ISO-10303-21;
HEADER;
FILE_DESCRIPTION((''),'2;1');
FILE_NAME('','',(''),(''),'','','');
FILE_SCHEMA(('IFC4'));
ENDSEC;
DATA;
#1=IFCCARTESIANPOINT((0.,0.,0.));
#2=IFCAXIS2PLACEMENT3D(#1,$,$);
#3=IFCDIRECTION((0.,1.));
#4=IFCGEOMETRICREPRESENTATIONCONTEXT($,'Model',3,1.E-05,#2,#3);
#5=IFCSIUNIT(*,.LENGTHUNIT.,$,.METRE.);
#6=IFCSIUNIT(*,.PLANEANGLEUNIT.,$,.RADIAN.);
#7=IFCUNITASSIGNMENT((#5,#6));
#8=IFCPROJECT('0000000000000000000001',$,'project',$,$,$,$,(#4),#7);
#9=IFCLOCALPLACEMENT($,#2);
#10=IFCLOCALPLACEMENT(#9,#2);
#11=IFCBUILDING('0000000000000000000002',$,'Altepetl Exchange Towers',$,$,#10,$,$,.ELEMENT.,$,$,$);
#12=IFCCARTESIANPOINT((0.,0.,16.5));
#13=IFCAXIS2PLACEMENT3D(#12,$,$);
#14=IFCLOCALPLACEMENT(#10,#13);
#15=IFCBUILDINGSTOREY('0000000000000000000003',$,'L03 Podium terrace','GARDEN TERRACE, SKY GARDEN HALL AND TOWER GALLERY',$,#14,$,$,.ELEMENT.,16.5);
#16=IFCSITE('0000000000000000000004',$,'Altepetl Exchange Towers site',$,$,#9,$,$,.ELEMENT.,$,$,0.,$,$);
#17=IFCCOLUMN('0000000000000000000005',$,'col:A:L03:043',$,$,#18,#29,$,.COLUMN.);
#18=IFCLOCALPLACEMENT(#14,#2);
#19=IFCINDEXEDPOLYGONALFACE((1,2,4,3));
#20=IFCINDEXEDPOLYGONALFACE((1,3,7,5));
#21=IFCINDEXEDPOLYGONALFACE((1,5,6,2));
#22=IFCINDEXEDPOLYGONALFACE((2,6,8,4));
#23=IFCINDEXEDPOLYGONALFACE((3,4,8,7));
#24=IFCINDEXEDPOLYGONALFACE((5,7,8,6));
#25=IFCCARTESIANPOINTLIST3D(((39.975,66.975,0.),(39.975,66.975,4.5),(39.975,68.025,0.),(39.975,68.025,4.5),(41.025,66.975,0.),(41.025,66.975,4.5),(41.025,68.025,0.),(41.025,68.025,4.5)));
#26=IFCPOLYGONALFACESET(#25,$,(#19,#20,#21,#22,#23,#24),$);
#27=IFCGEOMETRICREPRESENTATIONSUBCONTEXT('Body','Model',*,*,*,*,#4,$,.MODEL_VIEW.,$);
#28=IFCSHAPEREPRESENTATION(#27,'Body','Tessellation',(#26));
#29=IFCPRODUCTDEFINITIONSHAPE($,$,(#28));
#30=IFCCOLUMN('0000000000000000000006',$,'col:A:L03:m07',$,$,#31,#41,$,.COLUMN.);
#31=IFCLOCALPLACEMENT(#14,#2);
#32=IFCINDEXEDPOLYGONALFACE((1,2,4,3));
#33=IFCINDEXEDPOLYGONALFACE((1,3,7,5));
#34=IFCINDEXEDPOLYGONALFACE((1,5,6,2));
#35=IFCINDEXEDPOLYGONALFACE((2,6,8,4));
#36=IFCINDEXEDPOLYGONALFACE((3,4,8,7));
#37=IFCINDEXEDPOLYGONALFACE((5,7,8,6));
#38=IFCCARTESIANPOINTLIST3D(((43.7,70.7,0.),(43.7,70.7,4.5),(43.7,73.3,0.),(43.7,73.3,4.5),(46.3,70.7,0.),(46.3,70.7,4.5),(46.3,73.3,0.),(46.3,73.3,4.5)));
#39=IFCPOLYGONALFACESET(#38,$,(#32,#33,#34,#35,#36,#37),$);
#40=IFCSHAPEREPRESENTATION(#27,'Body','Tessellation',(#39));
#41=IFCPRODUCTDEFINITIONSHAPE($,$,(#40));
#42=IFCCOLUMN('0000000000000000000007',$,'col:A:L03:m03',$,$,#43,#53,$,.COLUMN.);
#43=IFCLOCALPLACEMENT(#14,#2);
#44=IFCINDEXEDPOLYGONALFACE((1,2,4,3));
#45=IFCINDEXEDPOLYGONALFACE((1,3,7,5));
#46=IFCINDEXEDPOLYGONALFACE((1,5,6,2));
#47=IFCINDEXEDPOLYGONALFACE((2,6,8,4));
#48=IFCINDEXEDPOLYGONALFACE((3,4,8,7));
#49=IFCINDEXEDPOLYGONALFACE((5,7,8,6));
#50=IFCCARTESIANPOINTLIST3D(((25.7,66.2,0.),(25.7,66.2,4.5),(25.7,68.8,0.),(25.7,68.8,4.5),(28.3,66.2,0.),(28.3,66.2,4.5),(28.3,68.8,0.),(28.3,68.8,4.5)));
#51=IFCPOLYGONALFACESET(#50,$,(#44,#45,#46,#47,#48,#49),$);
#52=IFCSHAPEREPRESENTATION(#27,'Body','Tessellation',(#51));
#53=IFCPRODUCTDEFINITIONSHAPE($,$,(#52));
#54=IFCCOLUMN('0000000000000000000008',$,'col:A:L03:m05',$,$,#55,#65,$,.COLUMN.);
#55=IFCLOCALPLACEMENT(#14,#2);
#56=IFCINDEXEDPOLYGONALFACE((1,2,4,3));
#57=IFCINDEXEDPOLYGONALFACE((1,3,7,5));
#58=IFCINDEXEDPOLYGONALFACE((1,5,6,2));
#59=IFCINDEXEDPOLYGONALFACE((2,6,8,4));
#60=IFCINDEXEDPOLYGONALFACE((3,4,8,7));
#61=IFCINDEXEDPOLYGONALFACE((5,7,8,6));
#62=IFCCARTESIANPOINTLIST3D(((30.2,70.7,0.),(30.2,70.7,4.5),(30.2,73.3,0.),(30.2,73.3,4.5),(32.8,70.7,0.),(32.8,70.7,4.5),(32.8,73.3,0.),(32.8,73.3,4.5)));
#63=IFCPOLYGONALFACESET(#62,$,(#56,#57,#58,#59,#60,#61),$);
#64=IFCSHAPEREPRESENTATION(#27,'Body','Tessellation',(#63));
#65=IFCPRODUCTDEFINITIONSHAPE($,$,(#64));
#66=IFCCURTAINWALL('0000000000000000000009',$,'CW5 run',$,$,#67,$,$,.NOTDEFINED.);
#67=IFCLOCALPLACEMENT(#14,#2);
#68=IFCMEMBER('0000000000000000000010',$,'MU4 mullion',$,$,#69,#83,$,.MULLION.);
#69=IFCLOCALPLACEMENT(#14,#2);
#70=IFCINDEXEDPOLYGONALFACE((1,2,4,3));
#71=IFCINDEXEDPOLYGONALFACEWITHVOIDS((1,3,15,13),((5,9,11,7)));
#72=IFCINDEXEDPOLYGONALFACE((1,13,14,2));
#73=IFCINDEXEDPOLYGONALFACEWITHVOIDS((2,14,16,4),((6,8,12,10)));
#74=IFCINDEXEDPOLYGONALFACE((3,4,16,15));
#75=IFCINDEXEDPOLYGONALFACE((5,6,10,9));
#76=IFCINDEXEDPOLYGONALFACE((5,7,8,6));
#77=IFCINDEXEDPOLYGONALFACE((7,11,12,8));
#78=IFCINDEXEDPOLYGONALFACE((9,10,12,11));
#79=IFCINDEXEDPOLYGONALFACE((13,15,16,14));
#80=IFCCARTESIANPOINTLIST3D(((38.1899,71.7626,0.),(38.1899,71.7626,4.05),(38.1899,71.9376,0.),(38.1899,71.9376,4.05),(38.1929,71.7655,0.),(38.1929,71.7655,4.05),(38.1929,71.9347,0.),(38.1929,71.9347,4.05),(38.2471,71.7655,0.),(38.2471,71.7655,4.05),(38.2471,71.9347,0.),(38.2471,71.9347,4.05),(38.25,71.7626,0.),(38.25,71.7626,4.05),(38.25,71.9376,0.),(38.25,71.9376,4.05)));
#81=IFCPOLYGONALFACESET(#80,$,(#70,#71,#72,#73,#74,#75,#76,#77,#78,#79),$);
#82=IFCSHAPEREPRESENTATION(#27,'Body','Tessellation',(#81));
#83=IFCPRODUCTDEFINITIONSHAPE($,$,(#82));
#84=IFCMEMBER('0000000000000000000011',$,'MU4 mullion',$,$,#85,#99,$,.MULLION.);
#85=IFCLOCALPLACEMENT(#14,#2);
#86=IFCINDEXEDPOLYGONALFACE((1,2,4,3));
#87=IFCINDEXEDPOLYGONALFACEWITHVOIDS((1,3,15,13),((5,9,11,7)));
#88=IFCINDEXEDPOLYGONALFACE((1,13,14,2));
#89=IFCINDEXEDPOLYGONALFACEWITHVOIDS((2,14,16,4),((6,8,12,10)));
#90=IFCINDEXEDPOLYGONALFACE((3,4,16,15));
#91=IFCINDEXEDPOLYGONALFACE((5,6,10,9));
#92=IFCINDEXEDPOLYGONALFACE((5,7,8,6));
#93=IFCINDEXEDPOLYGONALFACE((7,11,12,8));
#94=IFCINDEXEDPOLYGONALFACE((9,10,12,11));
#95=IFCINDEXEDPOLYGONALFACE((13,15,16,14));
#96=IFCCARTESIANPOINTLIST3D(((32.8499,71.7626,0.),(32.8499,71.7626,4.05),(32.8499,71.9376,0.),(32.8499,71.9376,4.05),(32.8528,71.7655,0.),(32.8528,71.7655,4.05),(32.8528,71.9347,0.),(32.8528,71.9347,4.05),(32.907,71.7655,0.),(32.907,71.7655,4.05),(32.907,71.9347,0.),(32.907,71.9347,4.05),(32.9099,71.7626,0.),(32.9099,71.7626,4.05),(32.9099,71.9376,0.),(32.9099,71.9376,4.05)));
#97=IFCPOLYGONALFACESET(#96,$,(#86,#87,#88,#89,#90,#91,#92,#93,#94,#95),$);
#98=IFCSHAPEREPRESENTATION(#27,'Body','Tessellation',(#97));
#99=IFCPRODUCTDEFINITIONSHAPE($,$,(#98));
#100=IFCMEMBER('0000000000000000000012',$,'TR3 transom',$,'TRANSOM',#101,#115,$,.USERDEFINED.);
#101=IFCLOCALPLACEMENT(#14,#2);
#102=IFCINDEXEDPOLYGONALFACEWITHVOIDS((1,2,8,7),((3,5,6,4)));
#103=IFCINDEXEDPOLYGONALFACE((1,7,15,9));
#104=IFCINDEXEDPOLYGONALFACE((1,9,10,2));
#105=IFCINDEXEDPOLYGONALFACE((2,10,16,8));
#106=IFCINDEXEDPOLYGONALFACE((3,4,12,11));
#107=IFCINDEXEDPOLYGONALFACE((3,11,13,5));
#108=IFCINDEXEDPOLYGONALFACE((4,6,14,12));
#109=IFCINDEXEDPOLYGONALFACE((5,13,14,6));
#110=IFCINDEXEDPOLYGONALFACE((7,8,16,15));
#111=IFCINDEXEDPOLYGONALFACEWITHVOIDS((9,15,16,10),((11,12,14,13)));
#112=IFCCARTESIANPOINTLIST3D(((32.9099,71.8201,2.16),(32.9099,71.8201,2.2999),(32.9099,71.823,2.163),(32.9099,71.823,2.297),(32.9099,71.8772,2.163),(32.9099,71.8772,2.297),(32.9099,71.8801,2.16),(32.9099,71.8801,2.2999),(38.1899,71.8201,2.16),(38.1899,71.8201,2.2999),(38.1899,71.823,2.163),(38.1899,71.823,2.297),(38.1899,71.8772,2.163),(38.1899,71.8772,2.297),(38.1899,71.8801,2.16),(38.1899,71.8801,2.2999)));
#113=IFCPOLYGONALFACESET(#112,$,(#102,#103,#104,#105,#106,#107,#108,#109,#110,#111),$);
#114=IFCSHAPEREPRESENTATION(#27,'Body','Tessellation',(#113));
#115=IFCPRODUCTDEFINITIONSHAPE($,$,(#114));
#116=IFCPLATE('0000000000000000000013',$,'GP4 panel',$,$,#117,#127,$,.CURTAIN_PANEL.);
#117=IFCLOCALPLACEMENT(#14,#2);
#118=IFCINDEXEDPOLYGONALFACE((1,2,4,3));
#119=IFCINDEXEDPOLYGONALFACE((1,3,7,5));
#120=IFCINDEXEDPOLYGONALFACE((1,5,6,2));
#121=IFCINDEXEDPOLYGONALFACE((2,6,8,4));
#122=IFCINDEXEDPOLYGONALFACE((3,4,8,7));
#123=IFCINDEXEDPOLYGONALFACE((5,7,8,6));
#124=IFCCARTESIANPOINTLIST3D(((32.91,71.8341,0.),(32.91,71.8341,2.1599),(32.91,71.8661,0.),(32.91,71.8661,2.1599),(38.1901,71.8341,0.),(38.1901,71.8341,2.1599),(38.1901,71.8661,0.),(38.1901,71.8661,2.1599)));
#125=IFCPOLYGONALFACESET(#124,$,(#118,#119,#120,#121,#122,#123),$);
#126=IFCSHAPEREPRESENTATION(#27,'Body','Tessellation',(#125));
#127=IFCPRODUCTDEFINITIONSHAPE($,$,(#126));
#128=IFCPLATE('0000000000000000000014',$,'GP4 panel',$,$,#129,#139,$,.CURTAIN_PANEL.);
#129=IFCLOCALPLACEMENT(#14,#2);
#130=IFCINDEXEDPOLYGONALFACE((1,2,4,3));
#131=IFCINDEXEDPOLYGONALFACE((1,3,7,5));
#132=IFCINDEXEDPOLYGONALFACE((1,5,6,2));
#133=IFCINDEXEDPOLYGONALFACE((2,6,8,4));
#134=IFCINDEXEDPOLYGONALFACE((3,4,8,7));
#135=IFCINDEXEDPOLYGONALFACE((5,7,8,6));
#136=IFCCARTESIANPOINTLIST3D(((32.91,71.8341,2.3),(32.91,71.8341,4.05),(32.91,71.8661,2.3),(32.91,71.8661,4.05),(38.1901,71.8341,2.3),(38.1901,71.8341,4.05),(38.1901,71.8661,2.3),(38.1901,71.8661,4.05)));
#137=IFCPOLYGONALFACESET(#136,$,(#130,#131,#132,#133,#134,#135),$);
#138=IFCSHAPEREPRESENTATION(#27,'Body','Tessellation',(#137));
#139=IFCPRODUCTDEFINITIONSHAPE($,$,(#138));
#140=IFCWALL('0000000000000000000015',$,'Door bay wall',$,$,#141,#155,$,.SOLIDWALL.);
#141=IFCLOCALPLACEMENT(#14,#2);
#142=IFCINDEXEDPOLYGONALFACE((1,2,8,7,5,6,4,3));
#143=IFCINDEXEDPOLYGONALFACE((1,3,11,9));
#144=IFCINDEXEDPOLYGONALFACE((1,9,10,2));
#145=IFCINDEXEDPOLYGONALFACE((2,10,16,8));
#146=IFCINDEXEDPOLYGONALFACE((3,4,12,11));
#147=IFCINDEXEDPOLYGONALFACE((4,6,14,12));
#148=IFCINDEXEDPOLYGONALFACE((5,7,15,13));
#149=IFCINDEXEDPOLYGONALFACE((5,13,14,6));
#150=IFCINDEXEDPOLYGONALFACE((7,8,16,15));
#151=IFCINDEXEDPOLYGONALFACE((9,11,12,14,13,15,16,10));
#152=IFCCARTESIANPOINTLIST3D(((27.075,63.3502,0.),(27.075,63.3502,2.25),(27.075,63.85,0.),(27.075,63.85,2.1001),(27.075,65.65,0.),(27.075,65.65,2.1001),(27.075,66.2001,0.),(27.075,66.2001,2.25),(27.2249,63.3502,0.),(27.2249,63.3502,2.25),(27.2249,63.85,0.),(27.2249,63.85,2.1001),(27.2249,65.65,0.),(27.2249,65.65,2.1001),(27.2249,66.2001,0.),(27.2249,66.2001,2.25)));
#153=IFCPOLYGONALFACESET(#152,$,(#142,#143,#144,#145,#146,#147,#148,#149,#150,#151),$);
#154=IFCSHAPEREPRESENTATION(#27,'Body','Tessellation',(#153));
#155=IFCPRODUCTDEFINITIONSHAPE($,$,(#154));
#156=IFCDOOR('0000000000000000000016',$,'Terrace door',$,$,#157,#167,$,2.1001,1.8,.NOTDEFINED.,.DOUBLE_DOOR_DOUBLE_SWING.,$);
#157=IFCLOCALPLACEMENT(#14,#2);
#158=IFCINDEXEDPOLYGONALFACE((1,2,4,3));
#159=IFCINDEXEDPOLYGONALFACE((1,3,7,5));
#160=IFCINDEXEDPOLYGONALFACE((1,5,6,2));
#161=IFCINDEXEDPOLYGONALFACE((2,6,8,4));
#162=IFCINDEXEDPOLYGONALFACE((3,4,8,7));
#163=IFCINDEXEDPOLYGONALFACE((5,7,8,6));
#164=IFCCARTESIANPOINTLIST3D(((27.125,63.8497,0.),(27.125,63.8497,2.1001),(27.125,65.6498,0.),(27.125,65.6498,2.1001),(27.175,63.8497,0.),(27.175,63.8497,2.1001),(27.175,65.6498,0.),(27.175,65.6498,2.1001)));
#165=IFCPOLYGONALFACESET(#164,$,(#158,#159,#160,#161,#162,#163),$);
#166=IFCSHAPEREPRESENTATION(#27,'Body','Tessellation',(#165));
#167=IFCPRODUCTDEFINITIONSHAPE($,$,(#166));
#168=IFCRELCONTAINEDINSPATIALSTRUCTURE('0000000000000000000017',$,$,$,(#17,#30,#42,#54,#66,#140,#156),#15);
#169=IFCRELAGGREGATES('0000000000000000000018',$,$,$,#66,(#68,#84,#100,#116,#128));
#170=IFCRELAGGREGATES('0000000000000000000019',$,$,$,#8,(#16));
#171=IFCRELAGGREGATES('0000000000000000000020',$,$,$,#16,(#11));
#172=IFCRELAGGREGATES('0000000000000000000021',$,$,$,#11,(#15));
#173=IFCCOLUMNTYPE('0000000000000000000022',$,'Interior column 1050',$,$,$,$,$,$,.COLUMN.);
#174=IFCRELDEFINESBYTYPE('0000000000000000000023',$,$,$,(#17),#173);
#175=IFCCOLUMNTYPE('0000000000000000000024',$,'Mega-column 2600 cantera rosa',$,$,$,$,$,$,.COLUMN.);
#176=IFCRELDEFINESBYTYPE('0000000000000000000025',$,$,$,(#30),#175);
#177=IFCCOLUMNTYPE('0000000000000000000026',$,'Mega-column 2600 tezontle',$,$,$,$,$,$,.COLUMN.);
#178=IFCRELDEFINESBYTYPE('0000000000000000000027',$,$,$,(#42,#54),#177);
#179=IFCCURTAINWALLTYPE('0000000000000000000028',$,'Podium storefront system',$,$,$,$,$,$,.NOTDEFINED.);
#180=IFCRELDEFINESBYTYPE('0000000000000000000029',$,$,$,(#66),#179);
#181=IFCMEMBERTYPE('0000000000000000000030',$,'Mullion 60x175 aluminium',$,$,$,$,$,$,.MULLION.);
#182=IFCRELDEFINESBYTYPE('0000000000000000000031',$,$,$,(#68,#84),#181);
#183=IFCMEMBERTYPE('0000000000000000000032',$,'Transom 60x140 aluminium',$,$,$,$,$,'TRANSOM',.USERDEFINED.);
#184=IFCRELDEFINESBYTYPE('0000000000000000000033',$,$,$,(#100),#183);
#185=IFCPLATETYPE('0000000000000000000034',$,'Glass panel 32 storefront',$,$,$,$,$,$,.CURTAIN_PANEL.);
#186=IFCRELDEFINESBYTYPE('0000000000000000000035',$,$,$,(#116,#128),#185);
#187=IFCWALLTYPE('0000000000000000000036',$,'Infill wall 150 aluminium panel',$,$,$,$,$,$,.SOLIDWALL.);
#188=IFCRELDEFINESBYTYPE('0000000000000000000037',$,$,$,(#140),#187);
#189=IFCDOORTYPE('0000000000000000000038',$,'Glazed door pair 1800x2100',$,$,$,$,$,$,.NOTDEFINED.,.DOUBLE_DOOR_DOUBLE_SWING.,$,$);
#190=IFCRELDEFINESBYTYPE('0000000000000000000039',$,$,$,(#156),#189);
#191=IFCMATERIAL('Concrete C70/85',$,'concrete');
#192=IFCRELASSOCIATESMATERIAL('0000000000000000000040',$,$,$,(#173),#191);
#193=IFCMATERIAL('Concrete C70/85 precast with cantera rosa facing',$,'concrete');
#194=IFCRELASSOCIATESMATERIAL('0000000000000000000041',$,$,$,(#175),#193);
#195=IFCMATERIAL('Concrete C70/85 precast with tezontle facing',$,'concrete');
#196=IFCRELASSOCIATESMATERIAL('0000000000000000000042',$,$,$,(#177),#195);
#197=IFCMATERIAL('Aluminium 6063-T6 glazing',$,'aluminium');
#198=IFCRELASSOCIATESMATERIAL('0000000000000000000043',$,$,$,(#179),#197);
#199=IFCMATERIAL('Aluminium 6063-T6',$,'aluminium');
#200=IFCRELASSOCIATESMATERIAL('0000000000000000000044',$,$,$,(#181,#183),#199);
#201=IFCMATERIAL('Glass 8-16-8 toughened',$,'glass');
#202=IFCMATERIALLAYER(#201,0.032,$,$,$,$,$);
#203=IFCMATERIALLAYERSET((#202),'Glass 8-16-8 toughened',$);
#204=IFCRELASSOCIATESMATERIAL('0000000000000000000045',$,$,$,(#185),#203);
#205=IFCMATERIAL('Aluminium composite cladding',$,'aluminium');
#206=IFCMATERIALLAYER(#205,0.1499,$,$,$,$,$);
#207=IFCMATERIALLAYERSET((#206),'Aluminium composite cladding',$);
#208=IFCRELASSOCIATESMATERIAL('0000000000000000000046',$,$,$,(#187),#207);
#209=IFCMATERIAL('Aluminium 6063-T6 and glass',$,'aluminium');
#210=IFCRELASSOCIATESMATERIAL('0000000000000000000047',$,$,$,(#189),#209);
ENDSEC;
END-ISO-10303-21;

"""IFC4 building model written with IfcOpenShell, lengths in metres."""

from ifc_helpers import new_model, si_unit, direction, frame, frame_2d, origin, origin_2d, place, context, subcontext, project, spatial, rectangle, hollow_rectangle, extrude, material, layer, layer_set, material_profile, profile_set, type_object, element, fill, aggregate, save


model = new_model("IFC4")

# Units and contexts
model_context = context("Model", 3, precision=1e-05, world=origin(), true_north=direction((0.0, 1.0)))
body_context = subcontext(model_context, "Body", "Model", "MODEL_VIEW")
ifc_project = project(units=[si_unit("LENGTHUNIT", "METRE"), si_unit("PLANEANGLEUNIT", "RADIAN")], contexts=[model_context])

# Site, building, storey
site_placement = place(None, origin())
site = spatial("IfcSite", under=ifc_project, at=site_placement, Name="Altepetl Exchange Towers site", CompositionType="ELEMENT", RefElevation=0.0)
building_placement = place(site_placement, origin())
building = spatial("IfcBuilding", under=site, at=building_placement, Name="Altepetl Exchange Towers", CompositionType="ELEMENT")
storey_placement = place(building_placement, frame((0.0, 0.0, 16.5)))
storey = spatial("IfcBuildingStorey", under=building, at=storey_placement, Name="L03 Podium terrace", Description="GARDEN TERRACE, SKY GARDEN HALL AND TOWER GALLERY", CompositionType="ELEMENT", Elevation=16.5)

# Columns
ifc_material_1 = material(Name="Concrete C70/85", Category="concrete")
ifc_material_profile_1 = material_profile(ifc_material_1, rectangle(XDim=1.05, YDim=1.05, at=origin_2d()), Name="1050 x 1050")
ifc_profile_set_1 = profile_set([ifc_material_profile_1], Name="Concrete C70/85")
column_type_1 = type_object("IfcColumnType", Name="Interior column 1050", PredefinedType="COLUMN", material=ifc_profile_set_1)
column_1_placement = place(storey_placement, frame((40.5, 67.5, 0.0)))
element("IfcColumn", 1, at=column_1_placement, inside=storey, type_object=column_type_1, Name="col:A:L03:043", PredefinedType="COLUMN", context=body_context, shape_type="SweptSolid", body=[
    extrude(rectangle(XDim=1.05, YDim=1.05, at=origin_2d()), origin(), (0.0, 0.0, 1.0), 4.5),
])
ifc_material_2 = material(Name="Concrete C70/85 precast with cantera rosa facing", Category="concrete")
ifc_material_profile_2 = material_profile(ifc_material_2, rectangle(XDim=2.6001, YDim=2.6001, at=origin_2d()), Name="2600 x 2600")
ifc_profile_set_2 = profile_set([ifc_material_profile_2], Name="Concrete C70/85 precast with cantera rosa facing")
column_type_2 = type_object("IfcColumnType", Name="Mega-column 2600 cantera rosa", PredefinedType="COLUMN", material=ifc_profile_set_2)
column_2_placement = place(storey_placement, frame((45.0, 72.0, 0.0)))
element("IfcColumn", 2, at=column_2_placement, inside=storey, type_object=column_type_2, Name="col:A:L03:m07", PredefinedType="COLUMN", context=body_context, shape_type="SweptSolid", body=[
    extrude(rectangle(XDim=2.6001, YDim=2.6001, at=origin_2d()), origin(), (0.0, 0.0, 1.0), 4.5),
])
ifc_material_3 = material(Name="Concrete C70/85 precast with tezontle facing", Category="concrete")
ifc_material_profile_3 = material_profile(ifc_material_3, rectangle(XDim=2.6001, YDim=2.6001, at=origin_2d()), Name="2600 x 2600")
ifc_profile_set_3 = profile_set([ifc_material_profile_3], Name="Concrete C70/85 precast with tezontle facing")
column_type_3 = type_object("IfcColumnType", Name="Mega-column 2600 tezontle", PredefinedType="COLUMN", material=ifc_profile_set_3)
for number, where, name in (
    (3, (27.0, 67.5, 0.0), "col:A:L03:m03"),
    (4, (31.5, 72.0, 0.0), "col:A:L03:m05"),
):
    element("IfcColumn", number, at=place(storey_placement, frame(where)), inside=storey, type_object=column_type_3, Name=name, PredefinedType="COLUMN", context=body_context, shape_type="SweptSolid", body=[
        extrude(rectangle(XDim=2.6001, YDim=2.6001, at=origin_2d()), origin(), (0.0, 0.0, 1.0), 4.5),
    ])

# Curtain wall, members, plates
ifc_material_4 = material(Name="Aluminium 6063-T6 glazing", Category="aluminium")
curtain_wall_type = type_object("IfcCurtainWallType", Name="Podium storefront system", PredefinedType="NOTDEFINED", material=ifc_material_4)
curtain_wall_placement = place(storey_placement, origin())
curtain_wall = element("IfcCurtainWall", 5, at=curtain_wall_placement, inside=storey, type_object=curtain_wall_type, Name="CW5 run", PredefinedType="NOTDEFINED")
ifc_material_5 = material(Name="Aluminium 6063-T6", Category="aluminium")
ifc_material_profile_4 = material_profile(ifc_material_5, hollow_rectangle(XDim=0.0601, YDim=0.175, WallThickness=0.0029, at=origin_2d()), Name="Mullion 60x175 aluminium")
ifc_profile_set_4 = profile_set([ifc_material_profile_4], Name="Aluminium 6063-T6")
member_type_1 = type_object("IfcMemberType", Name="Mullion 60x175 aluminium", PredefinedType="MULLION", material=ifc_profile_set_4)
member_1_placement = place(storey_placement, frame((38.22, 71.8501, 0.0), z_axis=(0.0, 0.0, 1.0), x_axis=(-1.0, 0.0, 0.0)))
member_1 = element("IfcMember", 6, at=member_1_placement, type_object=member_type_1, Name="MU4 mullion", PredefinedType="MULLION", context=body_context, shape_type="SweptSolid", body=[
    extrude(hollow_rectangle(XDim=0.0601, YDim=0.175, WallThickness=0.0029, at=origin_2d()), origin(), (0.0, 0.0, 1.0), 4.05),
])
member_2_placement = place(storey_placement, frame((32.8799, 71.8501, 0.0), z_axis=(0.0, 0.0, 1.0), x_axis=(-1.0, 0.0, 0.0)))
member_2 = element("IfcMember", 7, at=member_2_placement, type_object=member_type_1, Name="MU4 mullion", PredefinedType="MULLION", context=body_context, shape_type="SweptSolid", body=[
    extrude(hollow_rectangle(XDim=0.0601, YDim=0.175, WallThickness=0.0029, at=origin_2d()), origin(), (0.0, 0.0, 1.0), 4.05),
])
ifc_material_profile_5 = material_profile(ifc_material_5, hollow_rectangle(XDim=0.0601, YDim=0.1399, WallThickness=0.0029, at=origin_2d()), Name="Transom 60x140 aluminium")
ifc_profile_set_5 = profile_set([ifc_material_profile_5], Name="Aluminium 6063-T6")
member_type_2 = type_object("IfcMemberType", Name="Transom 60x140 aluminium", ElementType="TRANSOM", PredefinedType="USERDEFINED", material=ifc_profile_set_5)
member_3_placement = place(storey_placement, frame((38.1899, 71.8501, 2.23), z_axis=(-1.0, 0.0, 0.0), x_axis=(0.0, -1.0, 0.0)))
member_3 = element("IfcMember", 8, at=member_3_placement, type_object=member_type_2, Name="TR3 transom", ObjectType="TRANSOM", PredefinedType="USERDEFINED", context=body_context, shape_type="SweptSolid", body=[
    extrude(hollow_rectangle(XDim=0.0601, YDim=0.1399, WallThickness=0.0029, at=origin_2d()), origin(), (0.0, 0.0, 1.0), 5.28),
])
ifc_material_6 = material(Name="Glass 8-16-8 toughened", Category="glass")
ifc_layer_1 = layer(ifc_material_6, 0.032)
ifc_layer_set_1 = layer_set([ifc_layer_1], Name="Glass 8-16-8 toughened")
plate_type = type_object("IfcPlateType", Name="Glass panel 32 storefront", PredefinedType="CURTAIN_PANEL", material=ifc_layer_set_1)
plate_1_placement = place(storey_placement, frame((35.55, 71.8501, 0.0), z_axis=(0.0, 0.0, 1.0), x_axis=(-1.0, 0.0, 0.0)))
plate_1 = element("IfcPlate", 9, at=plate_1_placement, type_object=plate_type, Name="GP4 panel", PredefinedType="CURTAIN_PANEL", context=body_context, shape_type="SweptSolid", body=[
    extrude(rectangle(XDim=5.28, YDim=0.032, at=origin_2d()), origin(), (0.0, 0.0, 1.0), 2.1599),
])
plate_2_placement = place(storey_placement, frame((35.55, 71.8501, 2.3), z_axis=(0.0, 0.0, 1.0), x_axis=(-1.0, 0.0, 0.0)))
plate_2 = element("IfcPlate", 10, at=plate_2_placement, type_object=plate_type, Name="GP4 panel", PredefinedType="CURTAIN_PANEL", context=body_context, shape_type="SweptSolid", body=[
    extrude(rectangle(XDim=5.28, YDim=0.032, at=origin_2d()), origin(), (0.0, 0.0, 1.0), 1.75),
])
aggregate(curtain_wall, [member_1, member_2, member_3, plate_1, plate_2])

# Wall, opening, door
ifc_material_7 = material(Name="Aluminium composite cladding", Category="aluminium")
ifc_layer_2 = layer(ifc_material_7, 0.1499)
ifc_layer_set_2 = layer_set([ifc_layer_2], Name="Aluminium composite cladding")
wall_type_1 = type_object("IfcWallType", Name="Infill wall 150 aluminium panel", PredefinedType="SOLIDWALL", material=ifc_layer_set_2)
wall_1_placement = place(storey_placement, frame((27.1499, 66.2, 0.0), z_axis=(0.0, 0.0, 1.0), x_axis=(0.0, -1.0, 0.0)))
wall_1 = element("IfcWall", 11, at=wall_1_placement, inside=storey, type_object=wall_type_1, Name="Door bay wall", PredefinedType="SOLIDWALL", context=body_context, shape_type="SweptSolid", body=[
    extrude(rectangle(XDim=2.8499, YDim=0.1499, at=frame_2d((1.4248, 0.0))), origin(), (0.0, 0.0, 1.0), 2.25),
])
opening_1_placement = place(wall_1_placement, frame((0.55, 0.0, 0.0)))
opening_1 = element("IfcOpeningElement", 12, at=opening_1_placement, cuts=wall_1, PredefinedType="OPENING", context=body_context, shape_type="SweptSolid", body=[
    extrude(rectangle(XDim=1.8, YDim=2.1001, at=frame_2d((0.8999, 1.05))), frame((0.0, 0.085, 0.0), z_axis=(0.0, -1.0, 0.0), x_axis=(1.0, 0.0, 0.0)), (0.0, 0.0, 1.0), 0.1699),
])
ifc_material_8 = material(Name="Aluminium 6063-T6 and glass", Category="aluminium")
door_type_1 = type_object("IfcDoorType", Name="Glazed door pair 1800x2100", OperationType="DOUBLE_DOOR_DOUBLE_SWING", PredefinedType="NOTDEFINED", material=ifc_material_8)
door_1_placement = place(opening_1_placement, frame((1.8, 0.0, 0.0), x_axis=(-1.0, 0.0, 0.0)))
door_1 = element("IfcDoor", 13, at=door_1_placement, inside=storey, type_object=door_type_1, Name="Terrace door", OperationType="DOUBLE_DOOR_DOUBLE_SWING", OverallHeight=2.1001, OverallWidth=1.8, PredefinedType="NOTDEFINED", context=body_context, shape_type="SweptSolid", body=[
    extrude(rectangle(XDim=1.8, YDim=2.1001, at=frame_2d((0.8999, 1.05))), frame((0.0, 0.0249, 0.0), z_axis=(0.0, -1.0, 0.0), x_axis=(1.0, 0.0, 0.0)), (0.0, 0.0, 1.0), 0.05),
])
fill(opening_1, door_1)

save(model, "model.ifc")
